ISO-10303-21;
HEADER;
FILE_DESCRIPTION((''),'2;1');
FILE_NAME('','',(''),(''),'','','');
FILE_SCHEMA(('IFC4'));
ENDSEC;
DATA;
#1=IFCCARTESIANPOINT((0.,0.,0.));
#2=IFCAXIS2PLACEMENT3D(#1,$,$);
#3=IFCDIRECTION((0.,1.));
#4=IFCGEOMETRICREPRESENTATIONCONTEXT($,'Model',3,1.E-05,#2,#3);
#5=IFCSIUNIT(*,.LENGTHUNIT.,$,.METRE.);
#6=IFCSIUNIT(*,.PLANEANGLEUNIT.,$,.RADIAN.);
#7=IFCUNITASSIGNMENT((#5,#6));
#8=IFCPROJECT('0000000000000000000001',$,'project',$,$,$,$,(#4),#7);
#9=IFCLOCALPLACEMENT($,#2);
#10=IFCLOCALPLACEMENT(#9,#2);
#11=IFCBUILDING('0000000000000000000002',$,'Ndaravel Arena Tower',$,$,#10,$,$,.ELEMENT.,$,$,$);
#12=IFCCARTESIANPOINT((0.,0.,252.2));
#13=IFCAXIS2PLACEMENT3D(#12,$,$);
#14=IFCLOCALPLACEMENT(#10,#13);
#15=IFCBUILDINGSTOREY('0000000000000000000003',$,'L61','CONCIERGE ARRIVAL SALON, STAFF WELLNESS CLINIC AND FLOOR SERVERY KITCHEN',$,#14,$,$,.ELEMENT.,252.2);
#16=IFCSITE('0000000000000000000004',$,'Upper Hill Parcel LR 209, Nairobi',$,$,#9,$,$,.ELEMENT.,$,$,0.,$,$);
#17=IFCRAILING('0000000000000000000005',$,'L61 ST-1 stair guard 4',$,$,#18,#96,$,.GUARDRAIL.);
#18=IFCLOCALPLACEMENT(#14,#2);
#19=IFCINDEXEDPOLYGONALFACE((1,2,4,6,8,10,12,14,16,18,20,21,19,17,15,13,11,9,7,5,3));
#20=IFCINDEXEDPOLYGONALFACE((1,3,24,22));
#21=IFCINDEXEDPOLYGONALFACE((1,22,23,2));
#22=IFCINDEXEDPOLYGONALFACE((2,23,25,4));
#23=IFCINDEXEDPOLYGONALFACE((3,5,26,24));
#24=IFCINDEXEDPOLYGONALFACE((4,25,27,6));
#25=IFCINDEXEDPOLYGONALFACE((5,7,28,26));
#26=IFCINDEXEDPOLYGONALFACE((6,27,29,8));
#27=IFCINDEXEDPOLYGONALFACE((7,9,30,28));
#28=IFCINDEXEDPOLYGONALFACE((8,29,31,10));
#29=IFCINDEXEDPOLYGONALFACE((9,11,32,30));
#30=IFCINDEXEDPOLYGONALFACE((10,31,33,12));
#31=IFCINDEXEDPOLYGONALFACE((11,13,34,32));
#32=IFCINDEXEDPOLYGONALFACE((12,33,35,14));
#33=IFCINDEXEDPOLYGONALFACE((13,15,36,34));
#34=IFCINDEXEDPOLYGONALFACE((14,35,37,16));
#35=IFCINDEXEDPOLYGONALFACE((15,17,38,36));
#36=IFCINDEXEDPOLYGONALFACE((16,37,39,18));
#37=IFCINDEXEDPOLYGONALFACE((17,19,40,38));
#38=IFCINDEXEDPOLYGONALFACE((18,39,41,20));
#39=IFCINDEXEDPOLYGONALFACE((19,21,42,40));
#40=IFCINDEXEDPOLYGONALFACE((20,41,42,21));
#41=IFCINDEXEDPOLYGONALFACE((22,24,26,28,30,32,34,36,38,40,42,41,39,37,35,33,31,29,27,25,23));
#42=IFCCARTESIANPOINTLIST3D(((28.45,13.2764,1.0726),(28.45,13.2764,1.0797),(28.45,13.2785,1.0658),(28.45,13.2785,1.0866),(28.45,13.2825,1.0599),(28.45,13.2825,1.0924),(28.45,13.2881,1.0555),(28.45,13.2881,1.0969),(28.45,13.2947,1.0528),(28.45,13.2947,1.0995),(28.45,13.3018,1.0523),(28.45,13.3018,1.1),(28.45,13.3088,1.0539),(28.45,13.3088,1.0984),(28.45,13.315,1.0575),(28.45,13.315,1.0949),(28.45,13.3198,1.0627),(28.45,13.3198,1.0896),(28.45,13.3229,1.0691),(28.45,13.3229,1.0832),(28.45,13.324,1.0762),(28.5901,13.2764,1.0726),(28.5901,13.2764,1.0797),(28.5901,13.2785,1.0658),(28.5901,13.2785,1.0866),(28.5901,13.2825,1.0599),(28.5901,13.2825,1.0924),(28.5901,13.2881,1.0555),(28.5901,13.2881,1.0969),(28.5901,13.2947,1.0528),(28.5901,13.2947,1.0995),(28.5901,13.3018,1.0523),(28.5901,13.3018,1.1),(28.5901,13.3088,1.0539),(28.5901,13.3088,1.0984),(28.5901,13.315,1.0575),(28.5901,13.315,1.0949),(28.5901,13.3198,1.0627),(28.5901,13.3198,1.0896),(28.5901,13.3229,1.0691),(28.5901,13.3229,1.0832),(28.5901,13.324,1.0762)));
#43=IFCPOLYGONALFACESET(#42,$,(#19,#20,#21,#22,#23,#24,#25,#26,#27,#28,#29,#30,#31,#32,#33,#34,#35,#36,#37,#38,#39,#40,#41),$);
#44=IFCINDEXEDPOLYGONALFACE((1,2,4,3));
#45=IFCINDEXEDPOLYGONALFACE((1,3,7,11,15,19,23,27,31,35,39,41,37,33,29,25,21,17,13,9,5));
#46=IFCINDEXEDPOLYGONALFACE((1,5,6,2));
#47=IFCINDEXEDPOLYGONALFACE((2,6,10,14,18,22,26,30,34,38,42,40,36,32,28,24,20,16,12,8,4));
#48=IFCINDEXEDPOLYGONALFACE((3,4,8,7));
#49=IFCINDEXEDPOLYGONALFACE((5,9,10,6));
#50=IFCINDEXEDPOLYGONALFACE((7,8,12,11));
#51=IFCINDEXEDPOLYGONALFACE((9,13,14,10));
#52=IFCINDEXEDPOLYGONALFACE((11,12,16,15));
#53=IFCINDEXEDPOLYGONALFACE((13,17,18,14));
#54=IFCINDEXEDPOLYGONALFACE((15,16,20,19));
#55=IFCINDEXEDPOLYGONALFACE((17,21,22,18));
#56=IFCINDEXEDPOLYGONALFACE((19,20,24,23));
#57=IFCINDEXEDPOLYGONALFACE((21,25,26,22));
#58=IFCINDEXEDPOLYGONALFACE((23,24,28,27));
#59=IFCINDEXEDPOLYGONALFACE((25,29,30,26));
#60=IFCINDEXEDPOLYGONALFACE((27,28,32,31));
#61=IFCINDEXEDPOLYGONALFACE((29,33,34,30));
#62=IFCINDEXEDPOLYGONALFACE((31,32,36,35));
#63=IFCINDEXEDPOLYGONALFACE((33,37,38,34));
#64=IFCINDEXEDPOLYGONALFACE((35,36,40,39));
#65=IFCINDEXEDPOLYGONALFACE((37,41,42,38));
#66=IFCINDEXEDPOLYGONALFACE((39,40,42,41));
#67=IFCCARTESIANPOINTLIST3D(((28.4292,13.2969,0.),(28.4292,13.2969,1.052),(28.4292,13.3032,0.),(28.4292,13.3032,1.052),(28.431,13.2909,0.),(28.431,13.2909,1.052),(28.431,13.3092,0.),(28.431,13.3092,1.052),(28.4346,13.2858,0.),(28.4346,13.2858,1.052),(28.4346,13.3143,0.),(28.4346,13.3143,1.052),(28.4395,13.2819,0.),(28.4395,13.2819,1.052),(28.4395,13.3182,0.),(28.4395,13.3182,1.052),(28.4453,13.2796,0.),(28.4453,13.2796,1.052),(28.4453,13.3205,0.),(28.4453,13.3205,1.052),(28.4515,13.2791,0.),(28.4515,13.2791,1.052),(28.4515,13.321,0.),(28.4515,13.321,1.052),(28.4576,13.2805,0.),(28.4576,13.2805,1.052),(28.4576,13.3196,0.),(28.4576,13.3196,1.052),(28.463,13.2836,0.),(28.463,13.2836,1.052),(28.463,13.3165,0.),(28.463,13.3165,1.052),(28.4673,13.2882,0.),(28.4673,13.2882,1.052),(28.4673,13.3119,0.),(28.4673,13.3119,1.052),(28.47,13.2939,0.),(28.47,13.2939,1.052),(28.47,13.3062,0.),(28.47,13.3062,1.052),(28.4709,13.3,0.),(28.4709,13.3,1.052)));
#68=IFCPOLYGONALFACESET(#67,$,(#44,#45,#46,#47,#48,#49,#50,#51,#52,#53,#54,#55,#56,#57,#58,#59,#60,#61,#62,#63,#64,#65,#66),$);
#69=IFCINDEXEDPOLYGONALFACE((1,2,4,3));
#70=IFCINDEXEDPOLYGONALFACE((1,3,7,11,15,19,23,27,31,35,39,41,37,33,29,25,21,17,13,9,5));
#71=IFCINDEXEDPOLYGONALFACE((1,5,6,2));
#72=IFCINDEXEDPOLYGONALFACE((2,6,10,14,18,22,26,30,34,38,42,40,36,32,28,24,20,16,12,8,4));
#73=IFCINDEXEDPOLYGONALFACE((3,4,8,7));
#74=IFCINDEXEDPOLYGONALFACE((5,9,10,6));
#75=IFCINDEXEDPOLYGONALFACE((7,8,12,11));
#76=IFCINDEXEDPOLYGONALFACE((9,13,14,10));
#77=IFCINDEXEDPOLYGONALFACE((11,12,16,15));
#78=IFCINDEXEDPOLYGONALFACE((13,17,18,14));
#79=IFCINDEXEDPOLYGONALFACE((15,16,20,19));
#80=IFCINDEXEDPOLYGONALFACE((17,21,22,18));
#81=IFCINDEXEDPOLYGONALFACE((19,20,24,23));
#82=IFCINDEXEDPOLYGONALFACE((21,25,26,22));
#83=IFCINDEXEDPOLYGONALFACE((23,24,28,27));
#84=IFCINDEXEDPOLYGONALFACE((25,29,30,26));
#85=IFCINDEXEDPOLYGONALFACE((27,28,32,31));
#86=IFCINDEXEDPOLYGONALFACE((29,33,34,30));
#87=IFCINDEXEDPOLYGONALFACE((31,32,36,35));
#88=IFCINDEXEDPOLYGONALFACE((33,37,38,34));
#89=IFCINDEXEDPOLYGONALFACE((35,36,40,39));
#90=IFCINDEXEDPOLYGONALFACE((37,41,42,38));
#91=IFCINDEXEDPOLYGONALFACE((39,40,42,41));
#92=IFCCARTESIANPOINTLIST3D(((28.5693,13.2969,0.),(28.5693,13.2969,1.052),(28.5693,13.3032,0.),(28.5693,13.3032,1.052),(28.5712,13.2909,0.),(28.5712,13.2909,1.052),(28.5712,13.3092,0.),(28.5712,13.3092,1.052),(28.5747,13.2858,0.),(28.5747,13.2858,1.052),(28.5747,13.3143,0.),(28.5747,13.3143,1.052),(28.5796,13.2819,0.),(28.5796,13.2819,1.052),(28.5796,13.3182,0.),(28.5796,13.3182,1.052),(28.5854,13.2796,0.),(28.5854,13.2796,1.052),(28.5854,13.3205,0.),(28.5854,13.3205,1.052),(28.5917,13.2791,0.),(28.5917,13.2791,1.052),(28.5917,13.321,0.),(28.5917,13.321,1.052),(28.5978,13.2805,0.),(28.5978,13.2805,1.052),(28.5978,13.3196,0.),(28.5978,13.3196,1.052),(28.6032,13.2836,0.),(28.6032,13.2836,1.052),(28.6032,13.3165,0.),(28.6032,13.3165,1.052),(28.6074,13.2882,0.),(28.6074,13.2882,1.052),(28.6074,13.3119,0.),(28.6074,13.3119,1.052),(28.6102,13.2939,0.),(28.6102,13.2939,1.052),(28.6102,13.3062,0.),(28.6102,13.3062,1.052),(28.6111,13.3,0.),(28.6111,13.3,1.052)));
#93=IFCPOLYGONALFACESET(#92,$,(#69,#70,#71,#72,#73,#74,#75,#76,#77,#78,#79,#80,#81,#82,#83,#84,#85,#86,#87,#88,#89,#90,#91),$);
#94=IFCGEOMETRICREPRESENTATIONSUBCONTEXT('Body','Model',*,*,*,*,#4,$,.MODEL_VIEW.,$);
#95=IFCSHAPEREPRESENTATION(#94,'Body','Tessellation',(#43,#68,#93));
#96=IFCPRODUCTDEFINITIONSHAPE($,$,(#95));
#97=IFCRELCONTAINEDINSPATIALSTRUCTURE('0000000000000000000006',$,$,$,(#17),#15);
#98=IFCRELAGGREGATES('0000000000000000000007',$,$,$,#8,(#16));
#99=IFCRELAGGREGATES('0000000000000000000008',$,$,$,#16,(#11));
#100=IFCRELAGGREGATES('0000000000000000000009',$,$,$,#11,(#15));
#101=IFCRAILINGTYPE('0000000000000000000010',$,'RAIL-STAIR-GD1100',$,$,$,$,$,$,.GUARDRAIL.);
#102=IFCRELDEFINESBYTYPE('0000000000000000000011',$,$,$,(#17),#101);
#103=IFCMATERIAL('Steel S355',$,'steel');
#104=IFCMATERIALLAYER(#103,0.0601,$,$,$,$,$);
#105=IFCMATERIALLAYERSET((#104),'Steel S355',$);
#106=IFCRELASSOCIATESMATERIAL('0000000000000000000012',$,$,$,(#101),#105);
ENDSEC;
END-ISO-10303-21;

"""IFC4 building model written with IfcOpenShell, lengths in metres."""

from ifc_helpers import new_model, si_unit, direction, frame, origin, origin_2d, place, context, subcontext, project, spatial, circle, extrude, material, layer, layer_set, type_object, element, save


model = new_model("IFC4")

# Units and contexts
model_context = context("Model", 3, precision=1e-05, world=origin(), true_north=direction((0.0, 1.0)))
body_context = subcontext(model_context, "Body", "Model", "MODEL_VIEW")
ifc_project = project(units=[si_unit("LENGTHUNIT", "METRE"), si_unit("PLANEANGLEUNIT", "RADIAN")], contexts=[model_context])

# Site, building, storey
site_placement = place(None, origin())
site = spatial("IfcSite", under=ifc_project, at=site_placement, Name="Upper Hill Parcel LR 209, Nairobi", CompositionType="ELEMENT", RefElevation=0.0)
building_placement = place(site_placement, origin())
building = spatial("IfcBuilding", under=site, at=building_placement, Name="Ndaravel Arena Tower", CompositionType="ELEMENT")
storey_placement = place(building_placement, frame((0.0, 0.0, 252.2)))
storey = spatial("IfcBuildingStorey", under=building, at=storey_placement, Name="L61", Description="CONCIERGE ARRIVAL SALON, STAFF WELLNESS CLINIC AND FLOOR SERVERY KITCHEN", CompositionType="ELEMENT", Elevation=252.2)

# Railing
ifc_material_1 = material(Name="Steel S355", Category="steel")
ifc_layer_1 = layer(ifc_material_1, 0.0601)
ifc_layer_set_1 = layer_set([ifc_layer_1], Name="Steel S355")
railing_type_1 = type_object("IfcRailingType", Name="RAIL-STAIR-GD1100", PredefinedType="GUARDRAIL", material=ifc_layer_set_1)
railing_1_placement = place(storey_placement, frame((28.45, 13.3, 0.0)))
element("IfcRailing", 1, at=railing_1_placement, inside=storey, type_object=railing_type_1, Name="L61 ST-1 stair guard 4", PredefinedType="GUARDRAIL", context=body_context, shape_type="SweptSolid", body=[
    extrude(circle(Radius=0.0239, at=origin_2d()), frame((0.0, 0.0, 1.0762), z_axis=(1.0, 0.0, 0.0), x_axis=(0.0, 1.0, 0.0)), (0.0, 0.0, 1.0), 0.1401),
    extrude(circle(Radius=0.021, at=origin_2d()), origin(), (0.0, 0.0, 1.0), 1.052),
    extrude(circle(Radius=0.021, at=origin_2d()), frame((0.1401, 0.0, 0.0)), (0.0, 0.0, 1.0), 1.052),
])

save(model, "model.ifc")
